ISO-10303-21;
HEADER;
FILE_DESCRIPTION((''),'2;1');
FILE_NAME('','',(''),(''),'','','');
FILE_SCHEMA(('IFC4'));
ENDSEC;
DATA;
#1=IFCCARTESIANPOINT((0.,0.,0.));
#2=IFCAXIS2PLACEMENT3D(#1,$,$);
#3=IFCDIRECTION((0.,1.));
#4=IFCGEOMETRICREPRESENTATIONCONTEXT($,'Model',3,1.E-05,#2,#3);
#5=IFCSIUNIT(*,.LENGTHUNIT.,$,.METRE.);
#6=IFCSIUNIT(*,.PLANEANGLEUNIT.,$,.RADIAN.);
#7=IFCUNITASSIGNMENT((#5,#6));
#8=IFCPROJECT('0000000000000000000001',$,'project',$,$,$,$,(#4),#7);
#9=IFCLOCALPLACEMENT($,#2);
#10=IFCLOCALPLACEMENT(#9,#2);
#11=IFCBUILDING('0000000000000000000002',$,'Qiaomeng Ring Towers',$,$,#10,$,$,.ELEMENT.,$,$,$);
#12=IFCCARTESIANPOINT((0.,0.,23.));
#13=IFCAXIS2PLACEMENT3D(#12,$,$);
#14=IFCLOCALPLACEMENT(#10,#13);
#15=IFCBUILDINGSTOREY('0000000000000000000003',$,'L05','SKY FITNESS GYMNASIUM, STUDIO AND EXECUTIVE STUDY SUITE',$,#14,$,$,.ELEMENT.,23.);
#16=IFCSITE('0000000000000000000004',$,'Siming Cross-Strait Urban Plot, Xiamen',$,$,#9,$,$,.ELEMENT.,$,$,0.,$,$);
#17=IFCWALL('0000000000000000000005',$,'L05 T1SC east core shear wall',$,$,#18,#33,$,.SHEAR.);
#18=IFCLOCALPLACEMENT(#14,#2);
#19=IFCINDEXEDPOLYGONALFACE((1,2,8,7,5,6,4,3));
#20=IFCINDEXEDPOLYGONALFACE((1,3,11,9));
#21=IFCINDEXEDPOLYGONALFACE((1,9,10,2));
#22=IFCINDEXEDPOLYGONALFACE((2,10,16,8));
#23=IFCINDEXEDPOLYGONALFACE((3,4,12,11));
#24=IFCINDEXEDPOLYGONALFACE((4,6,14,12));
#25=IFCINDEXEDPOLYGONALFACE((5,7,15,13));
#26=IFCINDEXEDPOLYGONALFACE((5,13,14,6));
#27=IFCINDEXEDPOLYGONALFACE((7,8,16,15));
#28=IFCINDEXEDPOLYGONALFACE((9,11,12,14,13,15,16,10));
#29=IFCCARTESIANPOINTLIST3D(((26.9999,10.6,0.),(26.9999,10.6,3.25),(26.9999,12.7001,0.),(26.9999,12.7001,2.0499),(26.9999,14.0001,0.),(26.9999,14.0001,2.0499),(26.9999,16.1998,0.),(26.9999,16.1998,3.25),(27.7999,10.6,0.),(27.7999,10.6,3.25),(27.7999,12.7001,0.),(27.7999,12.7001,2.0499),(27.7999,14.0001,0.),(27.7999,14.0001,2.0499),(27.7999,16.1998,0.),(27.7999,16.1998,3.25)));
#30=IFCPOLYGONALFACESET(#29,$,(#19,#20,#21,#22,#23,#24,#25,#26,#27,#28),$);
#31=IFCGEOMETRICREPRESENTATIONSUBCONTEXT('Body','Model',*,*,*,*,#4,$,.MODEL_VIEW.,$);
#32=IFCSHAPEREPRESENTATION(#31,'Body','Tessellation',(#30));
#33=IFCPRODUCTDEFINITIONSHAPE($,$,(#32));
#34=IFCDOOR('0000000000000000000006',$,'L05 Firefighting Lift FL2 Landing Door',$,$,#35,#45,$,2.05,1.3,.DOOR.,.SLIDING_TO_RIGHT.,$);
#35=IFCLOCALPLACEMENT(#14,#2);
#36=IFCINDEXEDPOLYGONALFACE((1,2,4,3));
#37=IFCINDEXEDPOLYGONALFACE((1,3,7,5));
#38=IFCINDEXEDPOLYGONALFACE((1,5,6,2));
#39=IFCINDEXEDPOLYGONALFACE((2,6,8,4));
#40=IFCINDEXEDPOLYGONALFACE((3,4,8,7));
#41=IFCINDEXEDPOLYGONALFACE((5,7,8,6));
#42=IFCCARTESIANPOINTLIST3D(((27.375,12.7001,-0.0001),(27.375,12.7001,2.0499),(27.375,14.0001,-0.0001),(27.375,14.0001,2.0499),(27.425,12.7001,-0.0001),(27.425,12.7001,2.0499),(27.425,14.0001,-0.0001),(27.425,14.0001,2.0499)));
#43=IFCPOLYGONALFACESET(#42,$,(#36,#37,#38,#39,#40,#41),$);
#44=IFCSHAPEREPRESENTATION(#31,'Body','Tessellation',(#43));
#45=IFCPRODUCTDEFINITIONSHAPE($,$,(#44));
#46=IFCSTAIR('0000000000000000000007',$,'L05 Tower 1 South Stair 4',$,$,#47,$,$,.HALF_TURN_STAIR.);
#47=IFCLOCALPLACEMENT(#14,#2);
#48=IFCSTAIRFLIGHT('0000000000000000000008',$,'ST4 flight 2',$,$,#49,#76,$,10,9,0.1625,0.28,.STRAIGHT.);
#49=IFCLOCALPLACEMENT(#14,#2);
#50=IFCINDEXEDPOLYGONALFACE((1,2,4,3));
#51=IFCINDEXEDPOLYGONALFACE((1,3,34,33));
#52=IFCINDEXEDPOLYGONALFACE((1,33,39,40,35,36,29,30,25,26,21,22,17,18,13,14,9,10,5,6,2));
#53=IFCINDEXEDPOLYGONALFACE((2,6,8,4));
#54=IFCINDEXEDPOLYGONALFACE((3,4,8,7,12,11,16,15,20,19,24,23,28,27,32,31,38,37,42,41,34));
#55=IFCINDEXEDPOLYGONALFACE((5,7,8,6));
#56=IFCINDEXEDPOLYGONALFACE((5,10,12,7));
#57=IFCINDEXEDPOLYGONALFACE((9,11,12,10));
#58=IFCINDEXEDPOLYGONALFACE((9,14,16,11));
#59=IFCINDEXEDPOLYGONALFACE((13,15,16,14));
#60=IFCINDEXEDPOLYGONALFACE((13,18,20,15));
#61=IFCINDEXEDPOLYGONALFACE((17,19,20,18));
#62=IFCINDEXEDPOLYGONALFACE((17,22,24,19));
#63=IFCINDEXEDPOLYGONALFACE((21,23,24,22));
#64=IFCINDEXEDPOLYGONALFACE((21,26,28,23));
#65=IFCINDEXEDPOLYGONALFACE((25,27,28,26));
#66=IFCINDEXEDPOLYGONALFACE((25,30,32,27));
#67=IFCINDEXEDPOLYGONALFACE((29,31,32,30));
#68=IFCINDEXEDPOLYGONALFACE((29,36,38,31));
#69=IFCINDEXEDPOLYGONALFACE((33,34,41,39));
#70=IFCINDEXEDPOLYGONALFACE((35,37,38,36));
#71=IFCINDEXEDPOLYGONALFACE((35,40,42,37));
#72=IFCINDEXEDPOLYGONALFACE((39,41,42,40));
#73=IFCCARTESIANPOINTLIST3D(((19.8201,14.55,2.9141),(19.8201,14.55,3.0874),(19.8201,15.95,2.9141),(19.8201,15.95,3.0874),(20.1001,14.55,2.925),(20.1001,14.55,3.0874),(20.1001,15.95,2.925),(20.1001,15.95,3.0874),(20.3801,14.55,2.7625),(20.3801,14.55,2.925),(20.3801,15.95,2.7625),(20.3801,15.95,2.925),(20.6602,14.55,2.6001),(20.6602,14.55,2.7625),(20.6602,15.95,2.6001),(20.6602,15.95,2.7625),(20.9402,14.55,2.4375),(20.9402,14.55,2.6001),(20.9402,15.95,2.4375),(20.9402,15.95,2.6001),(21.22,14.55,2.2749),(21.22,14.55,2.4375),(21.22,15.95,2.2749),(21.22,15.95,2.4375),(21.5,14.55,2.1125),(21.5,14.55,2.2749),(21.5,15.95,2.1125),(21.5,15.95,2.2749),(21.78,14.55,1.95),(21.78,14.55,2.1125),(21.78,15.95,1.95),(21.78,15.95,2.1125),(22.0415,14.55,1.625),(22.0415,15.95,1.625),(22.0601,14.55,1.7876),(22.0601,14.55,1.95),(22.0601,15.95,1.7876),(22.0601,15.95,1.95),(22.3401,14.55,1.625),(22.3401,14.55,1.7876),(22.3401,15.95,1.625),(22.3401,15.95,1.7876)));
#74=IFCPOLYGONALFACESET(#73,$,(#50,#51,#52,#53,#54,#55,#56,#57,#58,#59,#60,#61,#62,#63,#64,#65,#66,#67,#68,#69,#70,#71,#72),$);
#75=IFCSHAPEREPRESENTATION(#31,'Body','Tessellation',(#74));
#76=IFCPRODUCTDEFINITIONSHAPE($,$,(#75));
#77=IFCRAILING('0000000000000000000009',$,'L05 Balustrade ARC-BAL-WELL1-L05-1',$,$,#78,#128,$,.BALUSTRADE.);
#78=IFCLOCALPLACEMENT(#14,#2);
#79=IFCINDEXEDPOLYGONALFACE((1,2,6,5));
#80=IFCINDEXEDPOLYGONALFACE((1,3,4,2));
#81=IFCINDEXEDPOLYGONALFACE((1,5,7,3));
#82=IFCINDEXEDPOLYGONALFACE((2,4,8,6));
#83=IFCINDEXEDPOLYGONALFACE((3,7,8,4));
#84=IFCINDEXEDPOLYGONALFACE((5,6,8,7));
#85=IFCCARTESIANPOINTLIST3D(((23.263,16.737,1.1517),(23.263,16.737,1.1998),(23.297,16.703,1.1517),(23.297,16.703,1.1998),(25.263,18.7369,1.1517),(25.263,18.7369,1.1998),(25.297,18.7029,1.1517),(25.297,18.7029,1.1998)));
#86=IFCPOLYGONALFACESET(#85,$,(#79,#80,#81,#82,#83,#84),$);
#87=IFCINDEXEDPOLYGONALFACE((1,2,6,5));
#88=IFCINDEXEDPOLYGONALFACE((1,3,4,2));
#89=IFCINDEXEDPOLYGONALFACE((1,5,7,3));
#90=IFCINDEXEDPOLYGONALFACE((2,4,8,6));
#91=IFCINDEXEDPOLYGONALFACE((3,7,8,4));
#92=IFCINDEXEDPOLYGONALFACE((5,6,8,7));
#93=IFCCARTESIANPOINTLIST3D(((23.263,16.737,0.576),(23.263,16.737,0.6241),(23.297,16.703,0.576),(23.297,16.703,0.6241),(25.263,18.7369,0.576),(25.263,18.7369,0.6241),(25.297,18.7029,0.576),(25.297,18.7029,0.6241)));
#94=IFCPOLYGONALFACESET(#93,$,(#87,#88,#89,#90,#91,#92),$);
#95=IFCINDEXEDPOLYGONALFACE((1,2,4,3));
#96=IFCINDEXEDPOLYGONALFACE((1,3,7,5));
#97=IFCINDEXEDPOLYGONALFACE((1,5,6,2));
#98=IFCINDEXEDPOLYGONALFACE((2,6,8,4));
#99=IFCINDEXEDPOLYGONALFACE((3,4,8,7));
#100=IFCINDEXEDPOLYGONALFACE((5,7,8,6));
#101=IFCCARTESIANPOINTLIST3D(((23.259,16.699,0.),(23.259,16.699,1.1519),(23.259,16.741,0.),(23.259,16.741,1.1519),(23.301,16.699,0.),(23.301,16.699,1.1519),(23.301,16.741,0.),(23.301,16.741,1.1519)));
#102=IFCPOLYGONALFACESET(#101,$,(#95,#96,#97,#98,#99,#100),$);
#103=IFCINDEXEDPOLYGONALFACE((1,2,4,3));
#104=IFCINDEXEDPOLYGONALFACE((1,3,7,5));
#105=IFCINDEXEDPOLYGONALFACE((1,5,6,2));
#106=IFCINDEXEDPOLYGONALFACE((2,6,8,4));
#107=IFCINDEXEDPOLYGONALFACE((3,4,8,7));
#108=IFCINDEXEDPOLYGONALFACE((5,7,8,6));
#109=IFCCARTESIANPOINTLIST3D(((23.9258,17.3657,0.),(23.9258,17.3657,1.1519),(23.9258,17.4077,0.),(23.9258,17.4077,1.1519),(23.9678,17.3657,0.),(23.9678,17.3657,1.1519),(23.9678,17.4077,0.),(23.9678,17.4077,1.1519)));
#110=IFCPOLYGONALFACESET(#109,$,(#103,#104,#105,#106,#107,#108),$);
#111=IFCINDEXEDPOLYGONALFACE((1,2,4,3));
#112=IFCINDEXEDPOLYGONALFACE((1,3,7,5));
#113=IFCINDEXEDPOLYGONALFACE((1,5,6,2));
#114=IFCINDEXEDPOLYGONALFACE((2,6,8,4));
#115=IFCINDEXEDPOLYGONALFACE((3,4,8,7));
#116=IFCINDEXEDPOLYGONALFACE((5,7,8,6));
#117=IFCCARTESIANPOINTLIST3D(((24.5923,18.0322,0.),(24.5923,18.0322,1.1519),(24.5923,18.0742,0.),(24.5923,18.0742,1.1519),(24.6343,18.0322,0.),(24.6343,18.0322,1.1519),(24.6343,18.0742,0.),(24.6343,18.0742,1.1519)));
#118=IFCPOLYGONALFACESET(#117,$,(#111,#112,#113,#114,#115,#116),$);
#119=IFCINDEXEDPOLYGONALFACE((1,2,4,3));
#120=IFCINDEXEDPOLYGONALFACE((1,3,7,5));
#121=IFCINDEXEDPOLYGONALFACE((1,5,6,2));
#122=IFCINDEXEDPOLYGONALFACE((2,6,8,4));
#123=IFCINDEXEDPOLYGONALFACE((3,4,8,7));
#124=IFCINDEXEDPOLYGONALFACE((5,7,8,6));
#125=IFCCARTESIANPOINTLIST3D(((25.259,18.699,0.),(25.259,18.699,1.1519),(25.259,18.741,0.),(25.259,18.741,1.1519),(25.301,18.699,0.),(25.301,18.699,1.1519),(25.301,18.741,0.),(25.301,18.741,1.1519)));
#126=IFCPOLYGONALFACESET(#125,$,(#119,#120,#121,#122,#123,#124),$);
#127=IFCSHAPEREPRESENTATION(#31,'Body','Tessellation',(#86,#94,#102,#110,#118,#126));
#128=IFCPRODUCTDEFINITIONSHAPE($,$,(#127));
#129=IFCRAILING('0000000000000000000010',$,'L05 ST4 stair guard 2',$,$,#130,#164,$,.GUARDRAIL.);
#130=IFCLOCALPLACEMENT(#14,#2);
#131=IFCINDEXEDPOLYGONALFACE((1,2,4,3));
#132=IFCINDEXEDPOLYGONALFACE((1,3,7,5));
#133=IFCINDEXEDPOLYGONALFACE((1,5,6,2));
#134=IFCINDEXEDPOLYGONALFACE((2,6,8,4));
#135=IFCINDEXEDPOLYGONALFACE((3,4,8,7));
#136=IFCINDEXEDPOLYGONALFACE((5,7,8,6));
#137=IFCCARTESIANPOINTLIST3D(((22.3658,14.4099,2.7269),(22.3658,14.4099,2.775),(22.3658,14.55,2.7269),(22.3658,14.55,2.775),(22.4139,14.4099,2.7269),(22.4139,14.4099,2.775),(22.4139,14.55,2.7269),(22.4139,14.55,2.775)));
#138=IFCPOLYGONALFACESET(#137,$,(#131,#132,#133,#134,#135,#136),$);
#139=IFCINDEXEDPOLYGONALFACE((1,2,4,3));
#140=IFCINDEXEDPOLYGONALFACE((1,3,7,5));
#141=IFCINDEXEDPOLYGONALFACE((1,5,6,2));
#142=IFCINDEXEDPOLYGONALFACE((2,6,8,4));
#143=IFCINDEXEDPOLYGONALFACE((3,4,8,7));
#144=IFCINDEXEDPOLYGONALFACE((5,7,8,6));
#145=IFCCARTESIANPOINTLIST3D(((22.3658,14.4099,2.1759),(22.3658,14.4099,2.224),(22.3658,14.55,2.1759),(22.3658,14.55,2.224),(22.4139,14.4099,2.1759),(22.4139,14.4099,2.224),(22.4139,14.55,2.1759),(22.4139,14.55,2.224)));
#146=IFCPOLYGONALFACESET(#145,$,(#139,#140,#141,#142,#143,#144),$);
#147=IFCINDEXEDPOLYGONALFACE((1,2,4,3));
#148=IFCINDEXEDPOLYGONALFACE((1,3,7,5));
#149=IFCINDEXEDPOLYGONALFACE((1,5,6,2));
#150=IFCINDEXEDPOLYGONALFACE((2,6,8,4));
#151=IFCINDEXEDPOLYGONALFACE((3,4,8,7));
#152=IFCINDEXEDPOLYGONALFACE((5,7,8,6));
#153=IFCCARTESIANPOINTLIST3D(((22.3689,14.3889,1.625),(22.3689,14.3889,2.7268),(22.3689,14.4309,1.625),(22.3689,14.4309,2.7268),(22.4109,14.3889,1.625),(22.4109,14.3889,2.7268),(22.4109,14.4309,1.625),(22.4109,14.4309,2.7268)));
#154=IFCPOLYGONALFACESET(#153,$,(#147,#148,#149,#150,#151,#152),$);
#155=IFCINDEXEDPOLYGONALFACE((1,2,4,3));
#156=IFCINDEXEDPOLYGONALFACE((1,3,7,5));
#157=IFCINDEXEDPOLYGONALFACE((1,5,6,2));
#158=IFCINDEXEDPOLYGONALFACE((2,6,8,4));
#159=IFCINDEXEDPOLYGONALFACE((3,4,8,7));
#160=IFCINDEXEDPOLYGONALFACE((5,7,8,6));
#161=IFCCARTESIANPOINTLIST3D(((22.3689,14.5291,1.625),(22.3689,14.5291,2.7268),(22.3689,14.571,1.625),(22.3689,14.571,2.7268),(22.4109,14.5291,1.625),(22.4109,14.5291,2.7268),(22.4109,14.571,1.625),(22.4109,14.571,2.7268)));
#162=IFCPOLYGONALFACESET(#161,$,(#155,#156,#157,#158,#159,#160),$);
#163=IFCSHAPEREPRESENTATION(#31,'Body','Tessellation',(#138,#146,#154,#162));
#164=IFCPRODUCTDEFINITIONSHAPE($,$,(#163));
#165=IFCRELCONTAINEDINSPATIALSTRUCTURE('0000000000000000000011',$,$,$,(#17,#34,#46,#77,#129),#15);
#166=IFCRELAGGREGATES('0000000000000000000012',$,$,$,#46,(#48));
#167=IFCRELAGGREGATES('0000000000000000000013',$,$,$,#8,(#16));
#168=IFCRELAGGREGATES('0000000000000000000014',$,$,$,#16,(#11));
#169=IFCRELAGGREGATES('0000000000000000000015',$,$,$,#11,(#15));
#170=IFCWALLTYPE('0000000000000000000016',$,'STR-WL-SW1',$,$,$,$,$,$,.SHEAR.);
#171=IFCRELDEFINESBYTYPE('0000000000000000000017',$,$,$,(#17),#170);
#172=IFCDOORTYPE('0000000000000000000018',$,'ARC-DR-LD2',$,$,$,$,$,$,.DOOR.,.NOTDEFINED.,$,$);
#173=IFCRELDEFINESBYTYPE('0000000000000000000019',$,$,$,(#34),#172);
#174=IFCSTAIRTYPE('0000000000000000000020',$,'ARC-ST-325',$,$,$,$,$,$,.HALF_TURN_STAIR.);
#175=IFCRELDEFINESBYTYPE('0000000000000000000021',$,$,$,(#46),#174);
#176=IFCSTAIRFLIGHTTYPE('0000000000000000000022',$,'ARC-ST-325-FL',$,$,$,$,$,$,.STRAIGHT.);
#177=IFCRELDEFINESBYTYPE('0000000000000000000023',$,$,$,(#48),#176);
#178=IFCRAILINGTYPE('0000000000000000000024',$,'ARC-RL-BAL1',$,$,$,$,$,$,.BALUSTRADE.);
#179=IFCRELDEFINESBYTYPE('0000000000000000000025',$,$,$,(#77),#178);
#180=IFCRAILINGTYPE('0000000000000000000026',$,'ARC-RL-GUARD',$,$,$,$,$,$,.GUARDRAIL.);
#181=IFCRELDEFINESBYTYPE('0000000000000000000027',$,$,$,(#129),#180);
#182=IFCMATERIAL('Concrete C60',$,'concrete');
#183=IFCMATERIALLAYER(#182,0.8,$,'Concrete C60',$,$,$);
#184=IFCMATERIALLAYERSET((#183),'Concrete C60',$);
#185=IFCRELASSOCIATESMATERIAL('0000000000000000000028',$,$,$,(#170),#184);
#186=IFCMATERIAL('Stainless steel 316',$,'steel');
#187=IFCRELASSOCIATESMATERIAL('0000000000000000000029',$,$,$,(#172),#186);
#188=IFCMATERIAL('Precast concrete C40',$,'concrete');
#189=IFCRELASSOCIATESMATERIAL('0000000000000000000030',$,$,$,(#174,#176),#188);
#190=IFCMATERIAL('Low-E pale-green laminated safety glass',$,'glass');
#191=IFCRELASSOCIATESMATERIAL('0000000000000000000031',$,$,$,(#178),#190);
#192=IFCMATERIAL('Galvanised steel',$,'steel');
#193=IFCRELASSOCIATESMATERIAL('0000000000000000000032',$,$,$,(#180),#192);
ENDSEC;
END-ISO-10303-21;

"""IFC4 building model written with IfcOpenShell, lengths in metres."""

from ifc_helpers import new_model, si_unit, direction, frame, frame_2d, origin, origin_2d, place, context, subcontext, project, spatial, polyline, rectangle, outline, extrude, source, transform, mapped, material, layer, layer_set, type_object, element, fill, aggregate, save


model = new_model("IFC4")

# Units and contexts
model_context = context("Model", 3, precision=1e-05, world=origin(), true_north=direction((0.0, 1.0)))
body_context = subcontext(model_context, "Body", "Model", "MODEL_VIEW")
ifc_project = project(units=[si_unit("LENGTHUNIT", "METRE"), si_unit("PLANEANGLEUNIT", "RADIAN")], contexts=[model_context])

# Site, building, storey
site_placement = place(None, origin())
site = spatial("IfcSite", under=ifc_project, at=site_placement, Name="Siming Cross-Strait Urban Plot, Xiamen", CompositionType="ELEMENT", RefElevation=0.0)
building_placement = place(site_placement, origin())
building = spatial("IfcBuilding", under=site, at=building_placement, Name="Qiaomeng Ring Towers", CompositionType="ELEMENT")
storey_placement = place(building_placement, frame((0.0, 0.0, 23.0)))
storey = spatial("IfcBuildingStorey", under=building, at=storey_placement, Name="L05", Description="SKY FITNESS GYMNASIUM, STUDIO AND EXECUTIVE STUDY SUITE", CompositionType="ELEMENT", Elevation=23.0)

# Shared definitions
ifc_material_1 = material(Name="Galvanised steel", Category="steel")

# Wall, opening, door
ifc_material_2 = material(Name="Concrete C60", Category="concrete")
ifc_layer_1 = layer(ifc_material_2, 0.8, Name="Concrete C60")
ifc_layer_set_1 = layer_set([ifc_layer_1], Name="Concrete C60")
wall_type_1 = type_object("IfcWallType", Name="STR-WL-SW1", PredefinedType="SHEAR", material=ifc_layer_set_1)
wall_1_placement = place(storey_placement, frame((27.3999, 10.6001, 0.0), z_axis=(0.0, 0.0, 1.0), x_axis=(0.0, 1.0, 0.0)))
wall_1 = element("IfcWall", 1, at=wall_1_placement, inside=storey, type_object=wall_type_1, Name="L05 T1SC east core shear wall", PredefinedType="SHEAR", context=body_context, shape_type="SweptSolid", body=[
    extrude(rectangle(XDim=5.5999, YDim=0.8, at=frame_2d((2.7998, 0.0))), origin(), (0.0, 0.0, 1.0), 3.25),
])
opening_1_placement = place(wall_1_placement, frame((2.1001, 0.0, 0.0)))
opening_1 = element("IfcOpeningElement", 2, at=opening_1_placement, cuts=wall_1, PredefinedType="OPENING", context=body_context, shape_type="SweptSolid", body=[
    extrude(rectangle(XDim=1.3, YDim=2.05, at=frame_2d((0.6499, 1.0249))), frame((0.0, 0.4099, 0.0), z_axis=(0.0, -1.0, 0.0), x_axis=(1.0, 0.0, 0.0)), (0.0, 0.0, 1.0), 0.8201),
])
ifc_material_3 = material(Name="Stainless steel 316", Category="steel")
door_type_1 = type_object("IfcDoorType", Name="ARC-DR-LD2", OperationType="NOTDEFINED", PredefinedType="DOOR", material=ifc_material_3)
shared_shape_1 = source(origin(), body_context, "Body", "SweptSolid", [
    extrude(rectangle(XDim=1.3, YDim=2.05, at=frame_2d((0.6499, 1.0249))), frame((0.0, 0.0249, 0.0), z_axis=(0.0, -1.0, 0.0), x_axis=(1.0, 0.0, 0.0)), (0.0, 0.0, 1.0), 0.05),
])
door_1_placement = place(opening_1_placement, origin())
door_1 = element("IfcDoor", 3, at=door_1_placement, inside=storey, type_object=door_type_1, Name="L05 Firefighting Lift FL2 Landing Door", OperationType="SLIDING_TO_RIGHT", OverallHeight=2.05, OverallWidth=1.3, PredefinedType="DOOR", context=body_context, shape_type="MappedRepresentation", body=[
    mapped(shared_shape_1, transform((0.0, 0.0, 0.0), x_axis=(1.0, 0.0, 0.0), y_axis=(0.0, 1.0, 0.0), z_axis=(0.0, 0.0, 1.0), scale=1.0)),
])
fill(opening_1, door_1)

# Stair, stair flight
ifc_material_4 = material(Name="Precast concrete C40", Category="concrete")
stair_type = type_object("IfcStairType", Name="ARC-ST-325", PredefinedType="HALF_TURN_STAIR", material=ifc_material_4)
stair_placement = place(storey_placement, origin())
stair = element("IfcStair", 4, at=stair_placement, inside=storey, type_object=stair_type, Name="L05 Tower 1 South Stair 4", PredefinedType="HALF_TURN_STAIR")
stair_flight_type = type_object("IfcStairFlightType", Name="ARC-ST-325-FL", PredefinedType="STRAIGHT", material=ifc_material_4)
shared_shape_2 = source(origin(), body_context, "Body", "SweptSolid", [
    extrude(outline(polyline([(0.0, 0.0), (0.0, 0.1626), (0.28, 0.1626), (0.28, 0.325), (0.5601, 0.325), (0.5601, 0.4875), (0.8401, 0.4875), (0.8401, 0.6499), (1.1201, 0.6499), (1.1201, 0.8125), (1.3999, 0.8125), (1.3999, 0.9751), (1.6799, 0.9751), (1.6799, 1.1375), (1.96, 1.1375), (1.96, 1.3), (2.24, 1.3), (2.24, 1.4624), (2.52, 1.4624), (2.52, 1.625), (2.52, 1.2891), (0.2986, 0.0), (0.0, 0.0)])), frame((0.0, 0.7, 0.0), z_axis=(0.0, -1.0, 0.0), x_axis=(1.0, 0.0, 0.0)), (0.0, 0.0, 1.0), 1.3999),
])
stair_flight_placement = place(storey_placement, frame((22.3401, 15.25, 1.625), z_axis=(0.0, 0.0, 1.0), x_axis=(-1.0, 0.0, 0.0)))
stair_flight = element("IfcStairFlight", 5, at=stair_flight_placement, type_object=stair_flight_type, Name="ST4 flight 2", NumberOfRisers=10, NumberOfTreads=9, PredefinedType="STRAIGHT", RiserHeight=0.1625, TreadLength=0.28, context=body_context, shape_type="MappedRepresentation", body=[
    mapped(shared_shape_2, transform((0.0, 0.0, 0.0), x_axis=(1.0, 0.0, 0.0), y_axis=(0.0, 1.0, 0.0), z_axis=(0.0, 0.0, 1.0), scale=1.0)),
])
aggregate(stair, [stair_flight])

# Railings
ifc_material_5 = material(Name="Low-E pale-green laminated safety glass", Category="glass")
railing_type_1 = type_object("IfcRailingType", Name="ARC-RL-BAL1", PredefinedType="BALUSTRADE", material=ifc_material_5)
railing_1_placement = place(storey_placement, frame((23.28, 16.72, 0.0)))
element("IfcRailing", 6, at=railing_1_placement, inside=storey, type_object=railing_type_1, Name="L05 Balustrade ARC-BAL-WELL1-L05-1", PredefinedType="BALUSTRADE", context=body_context, shape_type="SweptSolid", body=[
    extrude(rectangle(XDim=0.0481, YDim=0.0481, at=origin_2d()), frame((0.0, 0.0, 1.1758), z_axis=(0.707107, 0.707107, 0.0), x_axis=(-0.707107, 0.707107, 0.0)), (0.0, 0.0, 1.0), 2.8284),
    extrude(rectangle(XDim=0.0481, YDim=0.0481, at=origin_2d()), frame((0.0, 0.0, 0.6001), z_axis=(0.707107, 0.707107, 0.0), x_axis=(-0.707107, 0.707107, 0.0)), (0.0, 0.0, 1.0), 2.8284),
    extrude(rectangle(XDim=0.042, YDim=0.042, at=origin_2d()), origin(), (0.0, 0.0, 1.0), 1.1519),
    extrude(rectangle(XDim=0.042, YDim=0.042, at=origin_2d()), frame((0.6667, 0.6667, 0.0)), (0.0, 0.0, 1.0), 1.1519),
    extrude(rectangle(XDim=0.042, YDim=0.042, at=origin_2d()), frame((1.3333, 1.3333, 0.0)), (0.0, 0.0, 1.0), 1.1519),
    extrude(rectangle(XDim=0.042, YDim=0.042, at=origin_2d()), frame((2.0, 2.0, 0.0)), (0.0, 0.0, 1.0), 1.1519),
])
railing_type_2 = type_object("IfcRailingType", Name="ARC-RL-GUARD", PredefinedType="GUARDRAIL", material=ifc_material_1)
railing_2_placement = place(storey_placement, frame((22.3899, 14.4099, 1.625)))
element("IfcRailing", 7, at=railing_2_placement, inside=storey, type_object=railing_type_2, Name="L05 ST4 stair guard 2", PredefinedType="GUARDRAIL", context=body_context, shape_type="SweptSolid", body=[
    extrude(rectangle(XDim=0.0481, YDim=0.0481, at=origin_2d()), frame((0.0, 0.0, 1.126), z_axis=(0.0, 1.0, 0.0), x_axis=(-1.0, 0.0, 0.0)), (0.0, 0.0, 1.0), 0.1401),
    extrude(rectangle(XDim=0.0481, YDim=0.0481, at=origin_2d()), frame((0.0, 0.0, 0.575), z_axis=(0.0, 1.0, 0.0), x_axis=(-1.0, 0.0, 0.0)), (0.0, 0.0, 1.0), 0.1401),
    extrude(rectangle(XDim=0.042, YDim=0.042, at=origin_2d()), origin(), (0.0, 0.0, 1.0), 1.1018),
    extrude(rectangle(XDim=0.042, YDim=0.042, at=origin_2d()), frame((0.0, 0.1401, 0.0)), (0.0, 0.0, 1.0), 1.1018),
])

save(model, "model.ifc")
